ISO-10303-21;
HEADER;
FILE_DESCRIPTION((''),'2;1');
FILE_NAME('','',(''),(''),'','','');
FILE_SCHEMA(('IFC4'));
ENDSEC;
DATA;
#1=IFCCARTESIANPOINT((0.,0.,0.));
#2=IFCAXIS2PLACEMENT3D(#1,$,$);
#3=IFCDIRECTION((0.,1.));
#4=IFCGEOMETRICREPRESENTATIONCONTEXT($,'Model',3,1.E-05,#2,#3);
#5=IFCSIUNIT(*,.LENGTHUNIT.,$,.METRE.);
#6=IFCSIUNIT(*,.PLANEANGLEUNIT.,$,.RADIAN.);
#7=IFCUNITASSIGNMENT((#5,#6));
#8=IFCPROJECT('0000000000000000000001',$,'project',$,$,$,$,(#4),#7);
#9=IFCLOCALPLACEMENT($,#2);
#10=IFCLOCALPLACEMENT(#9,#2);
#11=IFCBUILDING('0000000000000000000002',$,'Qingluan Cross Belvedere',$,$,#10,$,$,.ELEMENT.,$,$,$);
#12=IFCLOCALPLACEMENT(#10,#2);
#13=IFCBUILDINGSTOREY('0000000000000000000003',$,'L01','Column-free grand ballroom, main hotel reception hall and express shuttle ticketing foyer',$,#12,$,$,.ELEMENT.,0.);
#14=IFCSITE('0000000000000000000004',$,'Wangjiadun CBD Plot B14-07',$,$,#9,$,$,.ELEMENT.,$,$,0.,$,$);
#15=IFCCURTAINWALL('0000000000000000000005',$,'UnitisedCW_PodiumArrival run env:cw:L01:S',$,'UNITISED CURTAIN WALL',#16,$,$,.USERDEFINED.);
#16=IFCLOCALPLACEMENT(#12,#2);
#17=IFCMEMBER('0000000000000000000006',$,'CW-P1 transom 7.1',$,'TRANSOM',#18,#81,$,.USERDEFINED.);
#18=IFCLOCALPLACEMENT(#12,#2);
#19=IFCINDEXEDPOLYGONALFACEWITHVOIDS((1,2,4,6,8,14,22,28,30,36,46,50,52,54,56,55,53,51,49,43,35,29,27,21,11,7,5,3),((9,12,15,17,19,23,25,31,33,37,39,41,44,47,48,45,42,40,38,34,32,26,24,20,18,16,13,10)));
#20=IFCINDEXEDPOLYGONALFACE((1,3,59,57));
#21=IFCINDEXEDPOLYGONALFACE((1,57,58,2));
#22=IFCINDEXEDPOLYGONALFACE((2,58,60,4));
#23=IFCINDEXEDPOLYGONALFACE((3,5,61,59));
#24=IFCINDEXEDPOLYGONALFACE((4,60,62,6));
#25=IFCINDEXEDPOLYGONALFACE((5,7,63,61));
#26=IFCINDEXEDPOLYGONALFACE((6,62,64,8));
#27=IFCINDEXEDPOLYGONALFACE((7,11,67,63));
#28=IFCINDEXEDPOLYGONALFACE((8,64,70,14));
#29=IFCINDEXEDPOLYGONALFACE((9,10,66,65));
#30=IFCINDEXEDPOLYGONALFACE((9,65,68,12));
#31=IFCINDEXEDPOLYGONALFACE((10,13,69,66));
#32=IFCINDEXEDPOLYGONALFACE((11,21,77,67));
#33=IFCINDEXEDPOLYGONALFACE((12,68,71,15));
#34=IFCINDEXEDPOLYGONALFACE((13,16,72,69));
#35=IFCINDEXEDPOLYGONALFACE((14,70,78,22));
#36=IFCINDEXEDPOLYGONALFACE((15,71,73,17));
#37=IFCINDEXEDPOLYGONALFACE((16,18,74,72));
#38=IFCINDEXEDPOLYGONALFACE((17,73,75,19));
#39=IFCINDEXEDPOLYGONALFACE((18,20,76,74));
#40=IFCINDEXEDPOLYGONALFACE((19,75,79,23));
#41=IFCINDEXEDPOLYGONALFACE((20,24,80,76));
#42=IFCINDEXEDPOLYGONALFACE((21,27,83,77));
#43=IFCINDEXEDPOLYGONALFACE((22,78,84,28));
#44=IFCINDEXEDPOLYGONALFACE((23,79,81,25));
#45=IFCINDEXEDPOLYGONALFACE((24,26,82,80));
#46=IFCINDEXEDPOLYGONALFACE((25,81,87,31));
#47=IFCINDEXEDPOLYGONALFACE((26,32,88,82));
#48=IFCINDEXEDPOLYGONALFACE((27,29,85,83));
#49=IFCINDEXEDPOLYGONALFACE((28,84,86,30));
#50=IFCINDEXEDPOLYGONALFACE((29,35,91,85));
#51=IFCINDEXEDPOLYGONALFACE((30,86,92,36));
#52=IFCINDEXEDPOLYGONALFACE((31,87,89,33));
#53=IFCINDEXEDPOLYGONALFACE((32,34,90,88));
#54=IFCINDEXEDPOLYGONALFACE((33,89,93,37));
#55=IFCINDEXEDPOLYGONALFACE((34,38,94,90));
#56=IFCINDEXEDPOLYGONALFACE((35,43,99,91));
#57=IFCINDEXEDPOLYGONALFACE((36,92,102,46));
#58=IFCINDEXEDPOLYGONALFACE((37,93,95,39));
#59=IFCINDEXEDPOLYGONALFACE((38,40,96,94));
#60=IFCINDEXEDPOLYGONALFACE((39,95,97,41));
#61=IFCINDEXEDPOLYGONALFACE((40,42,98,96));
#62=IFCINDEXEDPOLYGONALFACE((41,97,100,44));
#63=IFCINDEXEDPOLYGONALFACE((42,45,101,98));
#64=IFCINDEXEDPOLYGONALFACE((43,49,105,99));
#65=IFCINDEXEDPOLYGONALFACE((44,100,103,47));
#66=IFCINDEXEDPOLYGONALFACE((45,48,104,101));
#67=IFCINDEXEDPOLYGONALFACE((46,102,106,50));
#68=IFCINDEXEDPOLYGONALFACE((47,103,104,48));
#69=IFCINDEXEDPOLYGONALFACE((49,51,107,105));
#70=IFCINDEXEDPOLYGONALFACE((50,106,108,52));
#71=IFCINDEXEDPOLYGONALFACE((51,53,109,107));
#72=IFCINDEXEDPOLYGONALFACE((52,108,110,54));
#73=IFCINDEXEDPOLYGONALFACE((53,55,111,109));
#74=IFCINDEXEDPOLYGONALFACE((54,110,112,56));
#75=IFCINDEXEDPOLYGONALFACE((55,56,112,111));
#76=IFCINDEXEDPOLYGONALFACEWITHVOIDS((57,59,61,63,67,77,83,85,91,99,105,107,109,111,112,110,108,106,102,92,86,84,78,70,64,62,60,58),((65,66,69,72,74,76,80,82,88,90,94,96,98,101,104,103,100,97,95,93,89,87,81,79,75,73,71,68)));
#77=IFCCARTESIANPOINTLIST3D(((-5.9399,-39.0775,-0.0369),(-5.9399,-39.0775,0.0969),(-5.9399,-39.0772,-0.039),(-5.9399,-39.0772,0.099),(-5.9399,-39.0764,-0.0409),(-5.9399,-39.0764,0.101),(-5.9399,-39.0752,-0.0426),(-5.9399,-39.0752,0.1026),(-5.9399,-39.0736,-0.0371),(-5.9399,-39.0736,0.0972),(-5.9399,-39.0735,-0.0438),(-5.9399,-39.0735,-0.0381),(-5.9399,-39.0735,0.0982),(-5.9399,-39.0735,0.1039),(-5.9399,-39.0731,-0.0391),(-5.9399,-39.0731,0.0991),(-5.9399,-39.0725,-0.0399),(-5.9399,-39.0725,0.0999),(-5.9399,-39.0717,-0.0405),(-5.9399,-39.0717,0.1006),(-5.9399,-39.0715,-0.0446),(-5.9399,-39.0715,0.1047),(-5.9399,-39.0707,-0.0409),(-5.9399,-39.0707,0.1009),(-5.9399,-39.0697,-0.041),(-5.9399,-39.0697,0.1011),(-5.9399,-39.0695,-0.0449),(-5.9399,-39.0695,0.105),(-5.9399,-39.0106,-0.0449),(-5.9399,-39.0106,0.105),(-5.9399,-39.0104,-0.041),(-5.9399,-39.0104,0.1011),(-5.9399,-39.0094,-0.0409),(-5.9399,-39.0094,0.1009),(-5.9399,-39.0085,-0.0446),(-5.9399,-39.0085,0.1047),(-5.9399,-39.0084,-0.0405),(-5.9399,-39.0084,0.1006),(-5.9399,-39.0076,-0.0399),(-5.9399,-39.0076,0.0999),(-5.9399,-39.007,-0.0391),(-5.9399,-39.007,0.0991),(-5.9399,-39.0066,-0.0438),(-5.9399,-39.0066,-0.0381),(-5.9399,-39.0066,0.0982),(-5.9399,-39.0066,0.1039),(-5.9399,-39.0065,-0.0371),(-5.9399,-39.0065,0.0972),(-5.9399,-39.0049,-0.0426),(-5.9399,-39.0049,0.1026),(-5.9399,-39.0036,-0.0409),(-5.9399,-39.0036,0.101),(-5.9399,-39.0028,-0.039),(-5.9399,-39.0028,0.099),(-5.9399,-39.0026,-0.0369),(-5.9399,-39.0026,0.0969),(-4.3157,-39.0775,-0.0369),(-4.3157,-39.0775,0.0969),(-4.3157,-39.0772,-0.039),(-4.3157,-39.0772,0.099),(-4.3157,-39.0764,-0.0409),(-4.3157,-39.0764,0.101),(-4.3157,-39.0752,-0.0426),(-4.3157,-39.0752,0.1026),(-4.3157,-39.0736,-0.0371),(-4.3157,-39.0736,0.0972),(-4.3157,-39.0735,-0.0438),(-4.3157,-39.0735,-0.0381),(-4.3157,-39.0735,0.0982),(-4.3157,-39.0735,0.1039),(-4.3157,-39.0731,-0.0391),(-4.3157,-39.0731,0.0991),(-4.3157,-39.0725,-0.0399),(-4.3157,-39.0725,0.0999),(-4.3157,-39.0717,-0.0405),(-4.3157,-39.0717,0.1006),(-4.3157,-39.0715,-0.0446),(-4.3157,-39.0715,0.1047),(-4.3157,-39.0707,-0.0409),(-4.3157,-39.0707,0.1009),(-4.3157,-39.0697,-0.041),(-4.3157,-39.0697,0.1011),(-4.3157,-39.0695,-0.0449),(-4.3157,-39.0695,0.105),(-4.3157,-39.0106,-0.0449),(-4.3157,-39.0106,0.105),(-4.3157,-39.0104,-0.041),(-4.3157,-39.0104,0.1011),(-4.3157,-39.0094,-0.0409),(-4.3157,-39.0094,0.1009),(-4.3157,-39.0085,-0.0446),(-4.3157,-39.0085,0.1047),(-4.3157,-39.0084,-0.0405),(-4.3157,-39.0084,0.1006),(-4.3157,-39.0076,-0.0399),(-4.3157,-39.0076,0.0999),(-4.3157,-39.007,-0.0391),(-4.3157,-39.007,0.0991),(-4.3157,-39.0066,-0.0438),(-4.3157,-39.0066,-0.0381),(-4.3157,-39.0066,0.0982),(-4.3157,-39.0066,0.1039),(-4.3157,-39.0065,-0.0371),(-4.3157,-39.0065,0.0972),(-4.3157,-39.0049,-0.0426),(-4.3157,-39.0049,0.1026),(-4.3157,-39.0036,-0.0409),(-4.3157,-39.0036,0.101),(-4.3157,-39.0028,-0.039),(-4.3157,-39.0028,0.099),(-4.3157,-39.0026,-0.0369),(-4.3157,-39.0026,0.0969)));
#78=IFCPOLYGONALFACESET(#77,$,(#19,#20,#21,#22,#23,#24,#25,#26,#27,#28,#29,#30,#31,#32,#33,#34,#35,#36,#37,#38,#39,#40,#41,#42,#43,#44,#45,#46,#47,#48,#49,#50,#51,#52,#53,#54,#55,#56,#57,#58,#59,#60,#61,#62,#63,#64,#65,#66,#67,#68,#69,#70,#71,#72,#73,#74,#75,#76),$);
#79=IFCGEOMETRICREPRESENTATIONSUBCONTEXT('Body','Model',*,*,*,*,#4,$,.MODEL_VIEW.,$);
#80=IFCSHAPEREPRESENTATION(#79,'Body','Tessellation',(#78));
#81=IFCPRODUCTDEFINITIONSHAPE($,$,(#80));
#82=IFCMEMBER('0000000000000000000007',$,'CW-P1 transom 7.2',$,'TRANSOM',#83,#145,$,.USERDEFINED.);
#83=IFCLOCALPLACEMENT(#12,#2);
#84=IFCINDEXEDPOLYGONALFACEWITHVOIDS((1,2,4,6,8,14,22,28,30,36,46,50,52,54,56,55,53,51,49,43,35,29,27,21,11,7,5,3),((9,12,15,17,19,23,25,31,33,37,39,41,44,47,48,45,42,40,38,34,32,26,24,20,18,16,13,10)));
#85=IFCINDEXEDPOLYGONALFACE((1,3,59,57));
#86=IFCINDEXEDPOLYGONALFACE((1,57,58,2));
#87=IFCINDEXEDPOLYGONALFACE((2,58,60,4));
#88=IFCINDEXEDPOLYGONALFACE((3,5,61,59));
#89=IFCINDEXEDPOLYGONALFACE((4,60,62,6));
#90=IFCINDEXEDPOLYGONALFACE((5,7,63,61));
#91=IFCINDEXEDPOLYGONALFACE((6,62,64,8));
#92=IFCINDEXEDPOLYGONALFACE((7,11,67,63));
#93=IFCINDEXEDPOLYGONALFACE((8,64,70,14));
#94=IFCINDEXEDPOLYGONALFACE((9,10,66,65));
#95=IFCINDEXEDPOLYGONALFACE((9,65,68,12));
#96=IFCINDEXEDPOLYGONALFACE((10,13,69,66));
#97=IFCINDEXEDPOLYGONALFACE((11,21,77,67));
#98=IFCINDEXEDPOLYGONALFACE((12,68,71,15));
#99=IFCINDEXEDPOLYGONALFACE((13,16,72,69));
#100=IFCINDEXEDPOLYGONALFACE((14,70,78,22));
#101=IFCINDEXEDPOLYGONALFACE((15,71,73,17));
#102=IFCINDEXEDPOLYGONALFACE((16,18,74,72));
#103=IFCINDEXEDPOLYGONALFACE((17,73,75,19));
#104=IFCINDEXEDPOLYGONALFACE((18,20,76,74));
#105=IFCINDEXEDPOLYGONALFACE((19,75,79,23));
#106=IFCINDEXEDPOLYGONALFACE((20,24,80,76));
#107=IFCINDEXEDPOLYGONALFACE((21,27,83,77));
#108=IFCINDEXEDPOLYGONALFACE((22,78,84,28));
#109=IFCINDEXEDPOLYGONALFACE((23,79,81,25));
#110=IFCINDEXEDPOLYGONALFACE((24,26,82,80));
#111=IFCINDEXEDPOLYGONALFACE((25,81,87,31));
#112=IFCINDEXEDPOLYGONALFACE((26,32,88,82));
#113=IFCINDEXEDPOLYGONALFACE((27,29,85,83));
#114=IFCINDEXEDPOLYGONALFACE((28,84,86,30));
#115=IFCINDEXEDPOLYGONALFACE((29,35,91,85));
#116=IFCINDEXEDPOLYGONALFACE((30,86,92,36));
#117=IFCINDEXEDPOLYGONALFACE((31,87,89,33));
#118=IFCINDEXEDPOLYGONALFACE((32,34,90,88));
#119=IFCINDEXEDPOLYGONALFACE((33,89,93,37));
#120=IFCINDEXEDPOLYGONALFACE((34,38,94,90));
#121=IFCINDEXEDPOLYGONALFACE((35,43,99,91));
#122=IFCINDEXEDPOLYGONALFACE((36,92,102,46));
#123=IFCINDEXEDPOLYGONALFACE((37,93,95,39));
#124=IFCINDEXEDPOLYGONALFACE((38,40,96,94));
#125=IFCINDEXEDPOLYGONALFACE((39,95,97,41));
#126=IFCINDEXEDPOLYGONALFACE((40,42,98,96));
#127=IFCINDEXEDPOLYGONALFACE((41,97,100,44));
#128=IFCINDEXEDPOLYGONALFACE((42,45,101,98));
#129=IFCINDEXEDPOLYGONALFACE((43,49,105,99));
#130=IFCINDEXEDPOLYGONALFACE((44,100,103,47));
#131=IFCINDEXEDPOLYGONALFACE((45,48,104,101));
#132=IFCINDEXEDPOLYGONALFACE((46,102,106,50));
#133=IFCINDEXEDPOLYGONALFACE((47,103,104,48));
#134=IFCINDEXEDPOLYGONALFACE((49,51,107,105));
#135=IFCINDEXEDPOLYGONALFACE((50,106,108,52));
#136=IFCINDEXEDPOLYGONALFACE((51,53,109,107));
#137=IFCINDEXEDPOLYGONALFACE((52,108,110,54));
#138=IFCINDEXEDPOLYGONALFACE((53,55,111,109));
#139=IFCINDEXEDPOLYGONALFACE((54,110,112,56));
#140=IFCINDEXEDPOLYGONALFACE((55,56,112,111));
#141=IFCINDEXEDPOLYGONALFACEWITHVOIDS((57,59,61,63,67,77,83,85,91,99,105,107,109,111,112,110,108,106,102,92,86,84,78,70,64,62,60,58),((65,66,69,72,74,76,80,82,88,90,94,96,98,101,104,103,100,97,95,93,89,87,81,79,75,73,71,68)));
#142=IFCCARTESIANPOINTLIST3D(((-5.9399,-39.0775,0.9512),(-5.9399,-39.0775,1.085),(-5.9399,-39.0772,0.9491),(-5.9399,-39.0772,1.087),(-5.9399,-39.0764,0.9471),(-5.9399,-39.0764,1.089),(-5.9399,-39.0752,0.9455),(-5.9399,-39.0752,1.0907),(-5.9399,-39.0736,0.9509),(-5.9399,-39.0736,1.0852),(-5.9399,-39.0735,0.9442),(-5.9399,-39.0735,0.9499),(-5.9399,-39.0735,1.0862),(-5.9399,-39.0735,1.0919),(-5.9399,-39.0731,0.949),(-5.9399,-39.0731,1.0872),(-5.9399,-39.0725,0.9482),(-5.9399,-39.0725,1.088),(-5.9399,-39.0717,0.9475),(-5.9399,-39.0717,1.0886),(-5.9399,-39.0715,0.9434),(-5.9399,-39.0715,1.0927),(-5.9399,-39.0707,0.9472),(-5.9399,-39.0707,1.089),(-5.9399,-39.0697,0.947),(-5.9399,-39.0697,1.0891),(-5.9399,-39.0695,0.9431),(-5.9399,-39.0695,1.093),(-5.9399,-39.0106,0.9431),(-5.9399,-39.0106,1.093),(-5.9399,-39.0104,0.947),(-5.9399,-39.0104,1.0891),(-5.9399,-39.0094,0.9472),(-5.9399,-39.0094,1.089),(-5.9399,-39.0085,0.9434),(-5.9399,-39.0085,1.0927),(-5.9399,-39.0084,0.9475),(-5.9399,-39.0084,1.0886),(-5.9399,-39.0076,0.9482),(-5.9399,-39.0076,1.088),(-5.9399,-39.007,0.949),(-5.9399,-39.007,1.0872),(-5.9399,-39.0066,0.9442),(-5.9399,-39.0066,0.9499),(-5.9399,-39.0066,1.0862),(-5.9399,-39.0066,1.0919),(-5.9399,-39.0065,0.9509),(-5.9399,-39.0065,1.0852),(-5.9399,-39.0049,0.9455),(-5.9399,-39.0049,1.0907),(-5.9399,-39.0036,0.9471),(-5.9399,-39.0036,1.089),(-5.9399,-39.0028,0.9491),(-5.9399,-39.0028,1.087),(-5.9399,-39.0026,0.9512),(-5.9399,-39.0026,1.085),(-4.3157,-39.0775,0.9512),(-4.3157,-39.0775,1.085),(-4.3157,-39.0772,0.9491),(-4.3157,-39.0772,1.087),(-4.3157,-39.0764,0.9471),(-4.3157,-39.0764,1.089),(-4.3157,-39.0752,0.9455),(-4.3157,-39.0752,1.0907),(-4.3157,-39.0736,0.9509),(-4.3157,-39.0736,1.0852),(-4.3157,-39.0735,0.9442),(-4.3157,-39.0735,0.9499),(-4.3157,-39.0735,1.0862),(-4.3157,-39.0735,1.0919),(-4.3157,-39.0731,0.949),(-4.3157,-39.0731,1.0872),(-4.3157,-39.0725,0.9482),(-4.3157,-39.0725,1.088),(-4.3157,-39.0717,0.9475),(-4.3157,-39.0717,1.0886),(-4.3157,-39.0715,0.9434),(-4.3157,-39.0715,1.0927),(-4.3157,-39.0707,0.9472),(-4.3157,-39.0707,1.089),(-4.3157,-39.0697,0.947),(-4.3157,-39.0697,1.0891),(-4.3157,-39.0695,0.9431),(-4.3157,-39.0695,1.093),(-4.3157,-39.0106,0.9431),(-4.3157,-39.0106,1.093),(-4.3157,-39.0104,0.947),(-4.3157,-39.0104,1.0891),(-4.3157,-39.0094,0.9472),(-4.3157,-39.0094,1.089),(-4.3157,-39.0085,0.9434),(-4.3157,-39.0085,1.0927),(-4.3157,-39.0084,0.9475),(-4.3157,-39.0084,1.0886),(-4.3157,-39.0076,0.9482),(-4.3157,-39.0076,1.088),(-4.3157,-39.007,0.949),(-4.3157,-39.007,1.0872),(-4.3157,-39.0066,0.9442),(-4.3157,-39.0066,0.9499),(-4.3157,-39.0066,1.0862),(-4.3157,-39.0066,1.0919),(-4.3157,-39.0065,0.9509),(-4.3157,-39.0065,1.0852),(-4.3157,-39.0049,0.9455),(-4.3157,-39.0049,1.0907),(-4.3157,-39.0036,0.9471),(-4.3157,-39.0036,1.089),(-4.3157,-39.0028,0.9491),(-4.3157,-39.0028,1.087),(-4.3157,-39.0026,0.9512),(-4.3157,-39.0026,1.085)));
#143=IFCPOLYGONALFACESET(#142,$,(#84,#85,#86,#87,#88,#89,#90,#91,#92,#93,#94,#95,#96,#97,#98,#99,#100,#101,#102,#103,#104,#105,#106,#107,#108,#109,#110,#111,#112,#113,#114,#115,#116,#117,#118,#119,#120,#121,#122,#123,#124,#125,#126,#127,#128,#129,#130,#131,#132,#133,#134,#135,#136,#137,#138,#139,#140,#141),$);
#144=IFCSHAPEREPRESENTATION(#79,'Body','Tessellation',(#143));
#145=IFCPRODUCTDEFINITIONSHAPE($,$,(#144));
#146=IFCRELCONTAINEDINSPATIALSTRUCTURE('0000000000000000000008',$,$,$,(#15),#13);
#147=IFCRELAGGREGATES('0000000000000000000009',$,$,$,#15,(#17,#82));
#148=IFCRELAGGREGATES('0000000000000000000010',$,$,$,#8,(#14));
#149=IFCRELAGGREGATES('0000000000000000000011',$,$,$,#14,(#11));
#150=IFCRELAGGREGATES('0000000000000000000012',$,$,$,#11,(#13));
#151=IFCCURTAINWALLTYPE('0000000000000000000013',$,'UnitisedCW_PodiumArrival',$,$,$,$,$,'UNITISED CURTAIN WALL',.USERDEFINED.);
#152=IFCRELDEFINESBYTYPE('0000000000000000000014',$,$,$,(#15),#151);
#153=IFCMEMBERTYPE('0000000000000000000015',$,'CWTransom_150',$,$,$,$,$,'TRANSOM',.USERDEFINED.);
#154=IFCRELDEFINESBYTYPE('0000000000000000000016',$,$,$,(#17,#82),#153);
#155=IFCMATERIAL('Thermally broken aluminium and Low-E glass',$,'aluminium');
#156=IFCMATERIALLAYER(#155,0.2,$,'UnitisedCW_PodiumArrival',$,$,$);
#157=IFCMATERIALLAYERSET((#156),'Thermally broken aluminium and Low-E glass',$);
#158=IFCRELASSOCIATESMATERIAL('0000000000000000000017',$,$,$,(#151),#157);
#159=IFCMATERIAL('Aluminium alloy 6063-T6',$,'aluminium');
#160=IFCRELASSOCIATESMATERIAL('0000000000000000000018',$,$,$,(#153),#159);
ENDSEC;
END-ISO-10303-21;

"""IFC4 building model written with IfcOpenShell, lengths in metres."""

from ifc_helpers import new_model, si_unit, direction, frame, origin, origin_2d, place, context, subcontext, project, spatial, hollow_rectangle, extrude, material, layer, layer_set, material_profile, profile_set, type_object, element, aggregate, save


model = new_model("IFC4")

# Units and contexts
model_context = context("Model", 3, precision=1e-05, world=origin(), true_north=direction((0.0, 1.0)))
body_context = subcontext(model_context, "Body", "Model", "MODEL_VIEW")
ifc_project = project(units=[si_unit("LENGTHUNIT", "METRE"), si_unit("PLANEANGLEUNIT", "RADIAN")], contexts=[model_context])

# Site, building, storey
site_placement = place(None, origin())
site = spatial("IfcSite", under=ifc_project, at=site_placement, Name="Wangjiadun CBD Plot B14-07", CompositionType="ELEMENT", RefElevation=0.0)
building_placement = place(site_placement, origin())
building = spatial("IfcBuilding", under=site, at=building_placement, Name="Qingluan Cross Belvedere", CompositionType="ELEMENT")
storey_placement = place(building_placement, origin())
storey = spatial("IfcBuildingStorey", under=building, at=storey_placement, Name="L01", Description="Column-free grand ballroom, main hotel reception hall and express shuttle ticketing foyer", CompositionType="ELEMENT", Elevation=0.0)

# Curtain wall, members
ifc_material_1 = material(Name="Thermally broken aluminium and Low-E glass", Category="aluminium")
ifc_layer_1 = layer(ifc_material_1, 0.2, Name="UnitisedCW_PodiumArrival")
ifc_layer_set_1 = layer_set([ifc_layer_1], Name="Thermally broken aluminium and Low-E glass")
curtain_wall_type = type_object("IfcCurtainWallType", Name="UnitisedCW_PodiumArrival", ElementType="UNITISED CURTAIN WALL", PredefinedType="USERDEFINED", material=ifc_layer_set_1)
curtain_wall_placement = place(storey_placement, origin())
curtain_wall = element("IfcCurtainWall", 1, at=curtain_wall_placement, inside=storey, type_object=curtain_wall_type, Name="UnitisedCW_PodiumArrival run env:cw:L01:S", ObjectType="UNITISED CURTAIN WALL", PredefinedType="USERDEFINED")
ifc_material_2 = material(Name="Aluminium alloy 6063-T6", Category="aluminium")
ifc_material_profile_1 = material_profile(ifc_material_2, hollow_rectangle(XDim=0.075, YDim=0.1499, WallThickness=0.0039, InnerFilletRadius=0.0039, OuterFilletRadius=0.0081, at=origin_2d()), Name="CWT150x75x4")
ifc_profile_set_1 = profile_set([ifc_material_profile_1], Name="Aluminium alloy 6063-T6")
member_type_1 = type_object("IfcMemberType", Name="CWTransom_150", ElementType="TRANSOM", PredefinedType="USERDEFINED", material=ifc_profile_set_1)
member_1_placement = place(storey_placement, frame((-4.3157, -39.04, 0.03), z_axis=(-1.0, 0.0, 0.0), x_axis=(0.0, -1.0, 0.0)))
member_1 = element("IfcMember", 2, at=member_1_placement, type_object=member_type_1, Name="CW-P1 transom 7.1", ObjectType="TRANSOM", PredefinedType="USERDEFINED", context=body_context, shape_type="SweptSolid", body=[
    extrude(hollow_rectangle(XDim=0.075, YDim=0.1499, WallThickness=0.0039, InnerFilletRadius=0.0039, OuterFilletRadius=0.0081, at=origin_2d()), origin(), (0.0, 0.0, 1.0), 1.6243),
])
member_2_placement = place(storey_placement, frame((-4.3157, -39.04, 1.0181), z_axis=(-1.0, 0.0, 0.0), x_axis=(0.0, -1.0, 0.0)))
member_2 = element("IfcMember", 3, at=member_2_placement, type_object=member_type_1, Name="CW-P1 transom 7.2", ObjectType="TRANSOM", PredefinedType="USERDEFINED", context=body_context, shape_type="SweptSolid", body=[
    extrude(hollow_rectangle(XDim=0.075, YDim=0.1499, WallThickness=0.0039, InnerFilletRadius=0.0039, OuterFilletRadius=0.0081, at=origin_2d()), origin(), (0.0, 0.0, 1.0), 1.6243),
])

aggregate(curtain_wall, [member_1, member_2])

save(model, "model.ifc")
